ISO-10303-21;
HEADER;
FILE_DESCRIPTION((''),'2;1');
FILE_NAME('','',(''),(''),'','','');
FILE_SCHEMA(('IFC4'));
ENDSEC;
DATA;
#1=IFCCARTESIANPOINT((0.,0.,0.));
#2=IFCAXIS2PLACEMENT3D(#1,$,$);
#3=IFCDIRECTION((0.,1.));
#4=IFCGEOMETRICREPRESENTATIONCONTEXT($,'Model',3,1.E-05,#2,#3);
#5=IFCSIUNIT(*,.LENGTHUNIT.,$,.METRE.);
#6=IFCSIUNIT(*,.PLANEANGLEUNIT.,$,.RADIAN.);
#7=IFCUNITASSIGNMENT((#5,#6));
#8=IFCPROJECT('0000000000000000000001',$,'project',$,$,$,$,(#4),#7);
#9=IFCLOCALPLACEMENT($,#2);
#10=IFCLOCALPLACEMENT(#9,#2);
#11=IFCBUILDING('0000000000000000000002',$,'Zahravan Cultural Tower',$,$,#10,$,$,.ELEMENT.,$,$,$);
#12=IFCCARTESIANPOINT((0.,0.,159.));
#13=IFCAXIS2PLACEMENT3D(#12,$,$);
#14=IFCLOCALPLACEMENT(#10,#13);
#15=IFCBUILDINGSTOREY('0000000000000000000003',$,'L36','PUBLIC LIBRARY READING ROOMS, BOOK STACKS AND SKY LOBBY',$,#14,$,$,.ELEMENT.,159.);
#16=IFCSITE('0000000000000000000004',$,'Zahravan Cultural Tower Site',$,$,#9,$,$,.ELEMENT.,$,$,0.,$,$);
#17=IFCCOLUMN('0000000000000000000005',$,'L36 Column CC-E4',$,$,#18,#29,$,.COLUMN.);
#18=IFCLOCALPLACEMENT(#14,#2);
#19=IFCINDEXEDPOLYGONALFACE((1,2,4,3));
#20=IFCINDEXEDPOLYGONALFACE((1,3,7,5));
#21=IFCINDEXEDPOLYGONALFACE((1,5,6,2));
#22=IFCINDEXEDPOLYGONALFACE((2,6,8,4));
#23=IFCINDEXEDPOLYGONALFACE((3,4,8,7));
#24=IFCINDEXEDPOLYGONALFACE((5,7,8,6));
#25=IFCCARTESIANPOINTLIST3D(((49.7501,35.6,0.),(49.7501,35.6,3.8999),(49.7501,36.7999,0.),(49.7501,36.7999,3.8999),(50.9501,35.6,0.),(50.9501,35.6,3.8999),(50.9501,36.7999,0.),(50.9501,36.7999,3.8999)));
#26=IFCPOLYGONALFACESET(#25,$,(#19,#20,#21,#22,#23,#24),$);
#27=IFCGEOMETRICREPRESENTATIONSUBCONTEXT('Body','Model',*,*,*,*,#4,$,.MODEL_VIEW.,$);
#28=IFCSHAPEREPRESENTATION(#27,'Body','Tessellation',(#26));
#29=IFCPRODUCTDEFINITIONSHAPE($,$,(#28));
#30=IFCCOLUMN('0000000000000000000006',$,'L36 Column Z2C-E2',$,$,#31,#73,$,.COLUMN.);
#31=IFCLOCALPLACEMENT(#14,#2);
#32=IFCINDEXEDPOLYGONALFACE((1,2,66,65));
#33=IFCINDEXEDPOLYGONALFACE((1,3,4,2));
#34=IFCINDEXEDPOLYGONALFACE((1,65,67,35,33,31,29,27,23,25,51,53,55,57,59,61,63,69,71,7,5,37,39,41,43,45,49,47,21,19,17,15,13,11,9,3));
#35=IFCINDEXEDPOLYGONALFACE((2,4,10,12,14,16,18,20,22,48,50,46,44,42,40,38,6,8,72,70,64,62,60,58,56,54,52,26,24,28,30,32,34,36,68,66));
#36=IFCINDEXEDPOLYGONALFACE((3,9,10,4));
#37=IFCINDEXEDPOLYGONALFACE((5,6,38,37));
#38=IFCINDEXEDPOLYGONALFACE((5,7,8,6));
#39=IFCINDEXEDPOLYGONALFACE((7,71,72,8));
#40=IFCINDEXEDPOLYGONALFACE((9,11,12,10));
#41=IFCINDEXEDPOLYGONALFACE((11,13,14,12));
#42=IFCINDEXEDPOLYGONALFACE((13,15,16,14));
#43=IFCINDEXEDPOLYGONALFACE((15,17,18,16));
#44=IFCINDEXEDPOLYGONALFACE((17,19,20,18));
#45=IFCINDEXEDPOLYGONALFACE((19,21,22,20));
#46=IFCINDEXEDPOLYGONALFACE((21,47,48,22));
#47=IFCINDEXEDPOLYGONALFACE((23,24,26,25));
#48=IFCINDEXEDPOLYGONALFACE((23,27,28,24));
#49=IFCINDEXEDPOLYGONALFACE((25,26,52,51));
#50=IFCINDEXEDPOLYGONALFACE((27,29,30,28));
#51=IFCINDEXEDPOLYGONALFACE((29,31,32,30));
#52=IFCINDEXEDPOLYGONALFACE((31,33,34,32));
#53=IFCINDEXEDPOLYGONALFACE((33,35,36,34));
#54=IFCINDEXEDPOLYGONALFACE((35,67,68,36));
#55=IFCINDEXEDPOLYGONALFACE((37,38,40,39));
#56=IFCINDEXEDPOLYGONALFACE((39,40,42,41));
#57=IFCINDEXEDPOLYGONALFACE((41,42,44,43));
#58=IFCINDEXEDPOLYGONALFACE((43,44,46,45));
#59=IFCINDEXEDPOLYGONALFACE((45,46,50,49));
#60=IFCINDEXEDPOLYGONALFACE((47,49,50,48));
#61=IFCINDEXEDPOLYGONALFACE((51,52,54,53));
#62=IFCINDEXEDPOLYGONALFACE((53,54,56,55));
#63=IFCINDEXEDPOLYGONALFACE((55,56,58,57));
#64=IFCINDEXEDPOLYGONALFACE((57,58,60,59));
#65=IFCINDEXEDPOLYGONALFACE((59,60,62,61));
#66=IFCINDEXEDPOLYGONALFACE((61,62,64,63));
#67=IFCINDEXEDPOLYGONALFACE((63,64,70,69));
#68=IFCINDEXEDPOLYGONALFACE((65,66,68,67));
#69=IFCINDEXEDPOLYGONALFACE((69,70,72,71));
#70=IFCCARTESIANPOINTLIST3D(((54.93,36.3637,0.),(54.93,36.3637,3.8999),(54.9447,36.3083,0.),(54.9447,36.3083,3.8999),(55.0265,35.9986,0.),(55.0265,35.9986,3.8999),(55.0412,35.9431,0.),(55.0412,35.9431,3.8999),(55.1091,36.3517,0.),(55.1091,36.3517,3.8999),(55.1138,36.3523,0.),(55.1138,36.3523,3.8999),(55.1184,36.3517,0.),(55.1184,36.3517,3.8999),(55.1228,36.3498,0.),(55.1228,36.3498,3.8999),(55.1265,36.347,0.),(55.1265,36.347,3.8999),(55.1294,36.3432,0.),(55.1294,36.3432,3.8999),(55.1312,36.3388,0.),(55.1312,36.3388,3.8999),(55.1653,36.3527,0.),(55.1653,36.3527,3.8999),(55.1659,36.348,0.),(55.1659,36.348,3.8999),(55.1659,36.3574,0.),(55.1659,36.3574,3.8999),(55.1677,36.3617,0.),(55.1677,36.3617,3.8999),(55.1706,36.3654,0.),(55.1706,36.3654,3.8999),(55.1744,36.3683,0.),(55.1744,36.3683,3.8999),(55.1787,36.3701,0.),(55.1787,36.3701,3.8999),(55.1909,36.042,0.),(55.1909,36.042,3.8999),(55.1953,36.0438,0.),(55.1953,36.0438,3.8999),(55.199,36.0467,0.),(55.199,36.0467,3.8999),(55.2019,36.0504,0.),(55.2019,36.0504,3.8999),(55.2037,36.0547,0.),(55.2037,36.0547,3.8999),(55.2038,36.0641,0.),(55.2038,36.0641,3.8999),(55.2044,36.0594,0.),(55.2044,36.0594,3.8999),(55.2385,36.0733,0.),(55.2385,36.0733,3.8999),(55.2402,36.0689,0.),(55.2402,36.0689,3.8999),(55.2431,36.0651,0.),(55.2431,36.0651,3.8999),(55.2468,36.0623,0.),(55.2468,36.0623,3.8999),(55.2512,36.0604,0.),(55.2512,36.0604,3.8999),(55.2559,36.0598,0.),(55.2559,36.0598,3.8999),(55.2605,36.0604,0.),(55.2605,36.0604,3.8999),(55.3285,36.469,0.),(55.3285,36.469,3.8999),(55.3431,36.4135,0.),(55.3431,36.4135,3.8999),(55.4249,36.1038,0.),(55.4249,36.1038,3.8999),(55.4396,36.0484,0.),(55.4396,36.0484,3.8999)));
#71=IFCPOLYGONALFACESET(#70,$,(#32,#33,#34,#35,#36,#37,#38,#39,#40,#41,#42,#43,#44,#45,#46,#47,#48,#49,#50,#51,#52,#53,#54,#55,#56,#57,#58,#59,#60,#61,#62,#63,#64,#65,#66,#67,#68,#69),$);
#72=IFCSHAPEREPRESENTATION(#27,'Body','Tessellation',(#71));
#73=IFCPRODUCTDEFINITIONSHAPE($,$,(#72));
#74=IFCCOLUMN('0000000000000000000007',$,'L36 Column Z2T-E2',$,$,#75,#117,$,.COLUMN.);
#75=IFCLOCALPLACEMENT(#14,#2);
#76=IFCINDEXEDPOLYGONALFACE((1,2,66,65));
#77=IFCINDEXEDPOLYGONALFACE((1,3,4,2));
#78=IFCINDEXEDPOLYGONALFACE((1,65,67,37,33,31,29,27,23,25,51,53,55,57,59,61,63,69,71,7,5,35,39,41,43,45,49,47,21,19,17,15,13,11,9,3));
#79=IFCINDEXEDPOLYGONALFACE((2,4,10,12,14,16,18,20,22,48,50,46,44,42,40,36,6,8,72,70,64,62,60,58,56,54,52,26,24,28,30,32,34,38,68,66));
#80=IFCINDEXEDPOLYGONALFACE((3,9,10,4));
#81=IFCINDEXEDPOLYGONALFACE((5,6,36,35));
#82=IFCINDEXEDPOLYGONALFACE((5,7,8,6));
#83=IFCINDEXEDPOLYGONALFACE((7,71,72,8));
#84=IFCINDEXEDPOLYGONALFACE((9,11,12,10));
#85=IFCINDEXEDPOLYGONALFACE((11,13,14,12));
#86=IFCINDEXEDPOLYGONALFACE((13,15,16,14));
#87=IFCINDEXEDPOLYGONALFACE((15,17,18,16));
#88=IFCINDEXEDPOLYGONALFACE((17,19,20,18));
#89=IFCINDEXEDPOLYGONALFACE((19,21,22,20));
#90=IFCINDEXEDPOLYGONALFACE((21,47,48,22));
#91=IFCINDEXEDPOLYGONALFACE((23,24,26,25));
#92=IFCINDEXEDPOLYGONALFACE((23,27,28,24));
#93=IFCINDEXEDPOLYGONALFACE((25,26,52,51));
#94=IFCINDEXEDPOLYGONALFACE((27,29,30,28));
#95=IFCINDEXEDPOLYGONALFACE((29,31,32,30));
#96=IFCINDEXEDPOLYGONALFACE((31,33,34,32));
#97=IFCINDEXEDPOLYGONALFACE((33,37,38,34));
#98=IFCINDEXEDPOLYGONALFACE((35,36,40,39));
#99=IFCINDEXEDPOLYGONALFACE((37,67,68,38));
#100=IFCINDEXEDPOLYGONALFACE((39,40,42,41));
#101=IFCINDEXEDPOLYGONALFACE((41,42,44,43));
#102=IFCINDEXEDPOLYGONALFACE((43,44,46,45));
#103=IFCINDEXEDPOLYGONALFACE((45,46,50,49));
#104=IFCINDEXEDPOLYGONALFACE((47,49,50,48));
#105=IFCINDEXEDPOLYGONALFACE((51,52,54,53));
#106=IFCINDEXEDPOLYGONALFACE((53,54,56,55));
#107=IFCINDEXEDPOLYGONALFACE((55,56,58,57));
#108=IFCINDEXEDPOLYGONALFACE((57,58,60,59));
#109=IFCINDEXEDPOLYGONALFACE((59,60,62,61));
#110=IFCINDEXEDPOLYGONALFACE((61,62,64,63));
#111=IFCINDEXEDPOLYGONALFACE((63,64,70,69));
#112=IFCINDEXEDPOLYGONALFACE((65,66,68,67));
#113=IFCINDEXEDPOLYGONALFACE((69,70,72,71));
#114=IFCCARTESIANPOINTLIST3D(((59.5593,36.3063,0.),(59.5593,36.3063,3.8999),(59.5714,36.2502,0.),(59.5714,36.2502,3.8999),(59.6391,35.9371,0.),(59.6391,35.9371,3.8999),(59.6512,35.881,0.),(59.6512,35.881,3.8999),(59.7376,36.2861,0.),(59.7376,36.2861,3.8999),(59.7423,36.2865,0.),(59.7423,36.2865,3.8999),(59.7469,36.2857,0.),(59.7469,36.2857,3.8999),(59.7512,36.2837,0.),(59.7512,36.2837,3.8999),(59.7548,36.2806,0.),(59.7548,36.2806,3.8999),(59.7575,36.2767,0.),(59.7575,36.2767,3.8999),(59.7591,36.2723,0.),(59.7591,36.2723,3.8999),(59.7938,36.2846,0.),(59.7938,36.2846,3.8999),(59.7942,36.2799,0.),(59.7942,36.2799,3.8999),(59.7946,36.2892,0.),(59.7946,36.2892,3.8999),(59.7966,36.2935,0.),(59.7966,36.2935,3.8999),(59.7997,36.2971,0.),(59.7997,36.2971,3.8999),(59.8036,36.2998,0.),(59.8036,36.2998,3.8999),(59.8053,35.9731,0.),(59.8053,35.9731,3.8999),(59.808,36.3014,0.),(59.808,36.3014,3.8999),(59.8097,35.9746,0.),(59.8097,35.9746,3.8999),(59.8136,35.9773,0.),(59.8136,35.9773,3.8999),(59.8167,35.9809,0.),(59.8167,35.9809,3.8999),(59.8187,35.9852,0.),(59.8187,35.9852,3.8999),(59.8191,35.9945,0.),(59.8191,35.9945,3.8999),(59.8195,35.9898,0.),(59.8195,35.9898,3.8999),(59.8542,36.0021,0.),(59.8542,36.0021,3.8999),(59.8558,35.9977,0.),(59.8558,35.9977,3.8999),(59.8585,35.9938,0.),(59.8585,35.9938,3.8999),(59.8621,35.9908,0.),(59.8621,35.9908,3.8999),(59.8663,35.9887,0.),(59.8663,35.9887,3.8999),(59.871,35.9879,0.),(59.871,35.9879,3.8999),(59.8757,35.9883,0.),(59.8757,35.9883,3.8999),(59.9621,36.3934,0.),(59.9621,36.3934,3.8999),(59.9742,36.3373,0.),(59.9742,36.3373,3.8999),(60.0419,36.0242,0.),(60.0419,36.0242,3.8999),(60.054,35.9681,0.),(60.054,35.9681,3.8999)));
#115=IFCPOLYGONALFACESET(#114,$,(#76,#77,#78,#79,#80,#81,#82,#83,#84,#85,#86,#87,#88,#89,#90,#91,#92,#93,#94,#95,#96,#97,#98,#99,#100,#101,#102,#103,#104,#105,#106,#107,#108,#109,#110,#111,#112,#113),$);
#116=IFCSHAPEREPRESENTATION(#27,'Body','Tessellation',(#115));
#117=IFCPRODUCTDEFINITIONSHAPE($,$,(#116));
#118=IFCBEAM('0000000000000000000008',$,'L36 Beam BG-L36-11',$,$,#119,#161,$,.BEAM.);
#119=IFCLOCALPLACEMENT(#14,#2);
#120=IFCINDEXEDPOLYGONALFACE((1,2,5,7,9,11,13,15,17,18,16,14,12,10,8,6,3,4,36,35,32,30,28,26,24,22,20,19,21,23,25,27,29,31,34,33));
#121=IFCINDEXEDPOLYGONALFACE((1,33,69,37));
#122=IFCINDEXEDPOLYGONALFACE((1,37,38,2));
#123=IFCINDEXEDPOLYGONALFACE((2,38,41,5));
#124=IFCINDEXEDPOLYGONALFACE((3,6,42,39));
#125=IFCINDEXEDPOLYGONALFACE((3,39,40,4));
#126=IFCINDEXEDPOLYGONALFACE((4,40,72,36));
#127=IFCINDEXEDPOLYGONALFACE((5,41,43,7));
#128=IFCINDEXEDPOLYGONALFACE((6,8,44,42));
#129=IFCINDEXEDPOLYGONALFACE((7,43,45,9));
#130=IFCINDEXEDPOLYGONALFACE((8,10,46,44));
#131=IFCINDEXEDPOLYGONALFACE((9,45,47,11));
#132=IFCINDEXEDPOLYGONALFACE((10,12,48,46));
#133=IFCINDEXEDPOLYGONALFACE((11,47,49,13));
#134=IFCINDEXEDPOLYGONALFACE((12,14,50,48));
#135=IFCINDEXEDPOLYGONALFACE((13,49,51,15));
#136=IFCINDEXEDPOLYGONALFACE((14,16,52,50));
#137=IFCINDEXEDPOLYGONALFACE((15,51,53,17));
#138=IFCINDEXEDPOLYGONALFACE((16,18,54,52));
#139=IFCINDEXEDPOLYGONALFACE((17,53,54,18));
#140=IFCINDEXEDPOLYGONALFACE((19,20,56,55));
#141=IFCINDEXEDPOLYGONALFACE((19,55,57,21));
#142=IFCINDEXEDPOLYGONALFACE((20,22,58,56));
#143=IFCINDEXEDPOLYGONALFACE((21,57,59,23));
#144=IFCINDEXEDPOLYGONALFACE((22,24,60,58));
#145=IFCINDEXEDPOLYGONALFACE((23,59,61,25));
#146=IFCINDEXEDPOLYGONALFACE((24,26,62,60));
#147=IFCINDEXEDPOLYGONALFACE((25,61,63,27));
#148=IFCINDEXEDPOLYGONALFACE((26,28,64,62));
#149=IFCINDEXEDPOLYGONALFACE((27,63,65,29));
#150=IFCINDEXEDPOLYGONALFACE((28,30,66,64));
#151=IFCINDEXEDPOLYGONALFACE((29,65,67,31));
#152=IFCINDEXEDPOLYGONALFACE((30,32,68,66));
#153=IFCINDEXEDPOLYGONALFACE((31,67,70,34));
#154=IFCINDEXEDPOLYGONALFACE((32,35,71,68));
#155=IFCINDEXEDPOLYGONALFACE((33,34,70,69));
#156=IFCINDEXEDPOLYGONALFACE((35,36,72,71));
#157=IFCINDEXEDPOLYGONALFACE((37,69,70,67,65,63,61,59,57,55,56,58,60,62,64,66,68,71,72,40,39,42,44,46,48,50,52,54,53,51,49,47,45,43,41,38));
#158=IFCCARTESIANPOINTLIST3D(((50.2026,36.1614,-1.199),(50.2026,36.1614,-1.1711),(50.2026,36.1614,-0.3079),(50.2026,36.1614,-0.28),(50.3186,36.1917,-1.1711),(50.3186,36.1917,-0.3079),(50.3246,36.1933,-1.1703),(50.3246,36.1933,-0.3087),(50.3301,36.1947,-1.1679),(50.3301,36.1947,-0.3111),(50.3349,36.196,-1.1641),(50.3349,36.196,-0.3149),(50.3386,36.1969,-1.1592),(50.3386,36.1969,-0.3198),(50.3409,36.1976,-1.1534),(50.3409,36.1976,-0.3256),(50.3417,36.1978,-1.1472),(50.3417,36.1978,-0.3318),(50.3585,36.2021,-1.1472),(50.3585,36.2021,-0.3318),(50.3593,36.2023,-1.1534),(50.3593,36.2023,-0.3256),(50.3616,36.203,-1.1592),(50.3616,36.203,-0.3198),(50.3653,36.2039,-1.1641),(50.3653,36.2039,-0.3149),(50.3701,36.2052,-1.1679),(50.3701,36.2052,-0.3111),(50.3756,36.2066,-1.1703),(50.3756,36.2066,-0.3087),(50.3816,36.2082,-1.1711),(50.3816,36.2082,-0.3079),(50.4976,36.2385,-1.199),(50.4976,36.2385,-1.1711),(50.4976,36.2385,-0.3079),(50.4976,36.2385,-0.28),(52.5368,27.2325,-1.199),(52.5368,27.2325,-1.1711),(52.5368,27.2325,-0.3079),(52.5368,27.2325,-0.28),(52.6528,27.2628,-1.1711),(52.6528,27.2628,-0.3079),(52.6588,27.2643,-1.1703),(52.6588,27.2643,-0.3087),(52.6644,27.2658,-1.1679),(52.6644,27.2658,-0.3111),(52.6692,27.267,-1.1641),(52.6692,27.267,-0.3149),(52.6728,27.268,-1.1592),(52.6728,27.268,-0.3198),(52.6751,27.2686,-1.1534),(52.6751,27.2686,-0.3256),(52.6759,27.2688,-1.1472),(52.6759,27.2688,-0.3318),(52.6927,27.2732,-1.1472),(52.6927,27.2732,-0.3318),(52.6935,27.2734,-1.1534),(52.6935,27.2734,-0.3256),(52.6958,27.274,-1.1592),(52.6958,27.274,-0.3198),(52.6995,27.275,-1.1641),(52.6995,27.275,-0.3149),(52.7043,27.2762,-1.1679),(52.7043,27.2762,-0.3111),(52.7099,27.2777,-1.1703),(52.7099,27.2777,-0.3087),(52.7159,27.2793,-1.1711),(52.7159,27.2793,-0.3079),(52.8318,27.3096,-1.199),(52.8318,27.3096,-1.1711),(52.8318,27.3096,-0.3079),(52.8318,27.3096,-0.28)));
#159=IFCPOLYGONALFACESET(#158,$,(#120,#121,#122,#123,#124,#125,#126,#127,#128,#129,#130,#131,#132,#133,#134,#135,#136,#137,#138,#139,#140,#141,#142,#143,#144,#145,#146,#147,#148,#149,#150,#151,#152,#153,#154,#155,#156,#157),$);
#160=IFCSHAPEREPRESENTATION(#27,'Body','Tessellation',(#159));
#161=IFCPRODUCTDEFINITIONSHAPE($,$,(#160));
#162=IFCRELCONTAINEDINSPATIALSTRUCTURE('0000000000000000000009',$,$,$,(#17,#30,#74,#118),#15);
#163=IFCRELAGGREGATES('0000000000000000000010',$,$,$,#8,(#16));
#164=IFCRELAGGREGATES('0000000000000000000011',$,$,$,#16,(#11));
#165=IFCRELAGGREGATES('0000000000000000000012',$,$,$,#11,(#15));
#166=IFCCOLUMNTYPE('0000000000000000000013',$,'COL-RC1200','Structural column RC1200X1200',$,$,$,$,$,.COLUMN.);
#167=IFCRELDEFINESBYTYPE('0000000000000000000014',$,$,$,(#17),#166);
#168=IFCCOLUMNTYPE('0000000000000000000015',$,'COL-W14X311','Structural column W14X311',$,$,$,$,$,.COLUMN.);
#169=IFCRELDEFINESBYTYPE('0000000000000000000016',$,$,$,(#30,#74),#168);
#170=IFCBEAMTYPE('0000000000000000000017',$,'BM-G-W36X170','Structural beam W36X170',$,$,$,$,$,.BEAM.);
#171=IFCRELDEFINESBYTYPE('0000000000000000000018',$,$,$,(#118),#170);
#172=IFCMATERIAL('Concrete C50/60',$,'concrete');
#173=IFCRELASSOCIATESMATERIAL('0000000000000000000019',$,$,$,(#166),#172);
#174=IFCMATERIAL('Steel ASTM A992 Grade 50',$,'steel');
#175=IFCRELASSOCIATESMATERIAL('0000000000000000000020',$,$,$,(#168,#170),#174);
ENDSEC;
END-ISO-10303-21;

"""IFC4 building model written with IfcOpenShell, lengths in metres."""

from ifc_helpers import new_model, si_unit, direction, frame, origin, origin_2d, place, context, subcontext, project, spatial, rectangle, i_section, extrude, source, transform, mapped, material, material_profile, profile_set, type_object, element, save


model = new_model("IFC4")

# Units and contexts
model_context = context("Model", 3, precision=1e-05, world=origin(), true_north=direction((0.0, 1.0)))
body_context = subcontext(model_context, "Body", "Model", "MODEL_VIEW")
ifc_project = project(units=[si_unit("LENGTHUNIT", "METRE"), si_unit("PLANEANGLEUNIT", "RADIAN")], contexts=[model_context])

# Site, building, storey
site_placement = place(None, origin())
site = spatial("IfcSite", under=ifc_project, at=site_placement, Name="Zahravan Cultural Tower Site", CompositionType="ELEMENT", RefElevation=0.0)
building_placement = place(site_placement, origin())
building = spatial("IfcBuilding", under=site, at=building_placement, Name="Zahravan Cultural Tower", CompositionType="ELEMENT")
storey_placement = place(building_placement, frame((0.0, 0.0, 159.0)))
storey = spatial("IfcBuildingStorey", under=building, at=storey_placement, Name="L36", Description="PUBLIC LIBRARY READING ROOMS, BOOK STACKS AND SKY LOBBY", CompositionType="ELEMENT", Elevation=159.0)

# Columns
ifc_material_1 = material(Name="Concrete C50/60", Category="concrete")
ifc_material_profile_1 = material_profile(ifc_material_1, rectangle(XDim=1.2, YDim=1.2, at=origin_2d()), Name="RC1200X1200")
ifc_profile_set_1 = profile_set([ifc_material_profile_1], Name="Concrete C50/60")
column_type_1 = type_object("IfcColumnType", Name="COL-RC1200", Description="Structural column RC1200X1200", PredefinedType="COLUMN", material=ifc_profile_set_1)
shared_shape_1 = source(origin(), body_context, "Body", "SweptSolid", [
    extrude(rectangle(XDim=1.2, YDim=1.2, at=origin_2d()), origin(), (0.0, 0.0, 1.0), 3.8999),
])
column_placement = place(storey_placement, frame((50.3501, 36.2, 0.0), z_axis=(0.0, 0.0, 1.0), x_axis=(1.0, 0.0, 0.0)))
element("IfcColumn", 1, at=column_placement, inside=storey, type_object=column_type_1, Name="L36 Column CC-E4", PredefinedType="COLUMN", context=body_context, shape_type="MappedRepresentation", body=[
    mapped(shared_shape_1, transform((0.0, 0.0, 0.0), x_axis=(1.0, 0.0, 0.0), y_axis=(0.0, 1.0, 0.0), z_axis=(0.0, 0.0, 1.0), scale=1.0)),
])
ifc_material_2 = material(Name="Steel ASTM A992 Grade 50", Category="steel")
ifc_material_profile_2 = material_profile(ifc_material_2, i_section(OverallWidth=0.4121, OverallDepth=0.4351, WebThickness=0.0359, FlangeThickness=0.0574, FilletRadius=0.0181, at=origin_2d()), Name="W14X311")
ifc_profile_set_2 = profile_set([ifc_material_profile_2], Name="Steel ASTM A992 Grade 50")
column_type_2 = type_object("IfcColumnType", Name="COL-W14X311", Description="Structural column W14X311", PredefinedType="COLUMN", material=ifc_profile_set_2)
shared_shape_2 = source(origin(), body_context, "Body", "SweptSolid", [
    extrude(i_section(OverallWidth=0.4121, OverallDepth=0.4351, WebThickness=0.0359, FlangeThickness=0.0574, FilletRadius=0.0181, at=origin_2d()), origin(), (0.0, 0.0, 1.0), 3.8999),
])
for number, where, z_axis, x_axis, name in (
    (2, (55.1848, 36.2061, 0.0), (0.0, 0.0, 1.0), (0.966823, 0.255446, 0.0), "L36 Column Z2C-E2"),
    (3, (59.8066, 36.1372, 0.0), (0.0, 0.0, 1.0), (0.977416, 0.211325, 0.0), "L36 Column Z2T-E2"),
):
    element("IfcColumn", number, at=place(storey_placement, frame(where, z_axis=z_axis, x_axis=x_axis)), inside=storey, type_object=column_type_2, Name=name, PredefinedType="COLUMN", context=body_context, shape_type="MappedRepresentation", body=[
        mapped(shared_shape_2, transform((0.0, 0.0, 0.0), x_axis=(1.0, 0.0, 0.0), y_axis=(0.0, 1.0, 0.0), z_axis=(0.0, 0.0, 1.0), scale=1.0)),
    ])

# Beam
ifc_material_profile_3 = material_profile(ifc_material_2, i_section(OverallWidth=0.3049, OverallDepth=0.9189, WebThickness=0.0173, FlangeThickness=0.0278, FilletRadius=0.0239, at=origin_2d()), Name="W36X170")
ifc_profile_set_3 = profile_set([ifc_material_profile_3], Name="Steel ASTM A992 Grade 50")
beam_type_1 = type_object("IfcBeamType", Name="BM-G-W36X170", Description="Structural beam W36X170", PredefinedType="BEAM", material=ifc_profile_set_3)
shared_shape_3 = source(origin(), body_context, "Body", "SweptSolid", [
    extrude(i_section(OverallWidth=0.3049, OverallDepth=0.9189, WebThickness=0.0173, FlangeThickness=0.0278, FilletRadius=0.0239, at=origin_2d()), origin(), (0.0, 0.0, 1.0), 9.229),
])
beam_1_placement = place(storey_placement, frame((50.3501, 36.2, -0.7395), z_axis=(0.252923, -0.967487, 0.0), x_axis=(0.967487, 0.252923, 0.0)))
element("IfcBeam", 4, at=beam_1_placement, inside=storey, type_object=beam_type_1, Name="L36 Beam BG-L36-11", PredefinedType="BEAM", context=body_context, shape_type="MappedRepresentation", body=[
    mapped(shared_shape_3, transform((0.0, 0.0, 0.0), x_axis=(1.0, 0.0, 0.0), y_axis=(0.0, 1.0, 0.0), z_axis=(0.0, 0.0, 1.0), scale=1.0)),
])

save(model, "model.ifc")
